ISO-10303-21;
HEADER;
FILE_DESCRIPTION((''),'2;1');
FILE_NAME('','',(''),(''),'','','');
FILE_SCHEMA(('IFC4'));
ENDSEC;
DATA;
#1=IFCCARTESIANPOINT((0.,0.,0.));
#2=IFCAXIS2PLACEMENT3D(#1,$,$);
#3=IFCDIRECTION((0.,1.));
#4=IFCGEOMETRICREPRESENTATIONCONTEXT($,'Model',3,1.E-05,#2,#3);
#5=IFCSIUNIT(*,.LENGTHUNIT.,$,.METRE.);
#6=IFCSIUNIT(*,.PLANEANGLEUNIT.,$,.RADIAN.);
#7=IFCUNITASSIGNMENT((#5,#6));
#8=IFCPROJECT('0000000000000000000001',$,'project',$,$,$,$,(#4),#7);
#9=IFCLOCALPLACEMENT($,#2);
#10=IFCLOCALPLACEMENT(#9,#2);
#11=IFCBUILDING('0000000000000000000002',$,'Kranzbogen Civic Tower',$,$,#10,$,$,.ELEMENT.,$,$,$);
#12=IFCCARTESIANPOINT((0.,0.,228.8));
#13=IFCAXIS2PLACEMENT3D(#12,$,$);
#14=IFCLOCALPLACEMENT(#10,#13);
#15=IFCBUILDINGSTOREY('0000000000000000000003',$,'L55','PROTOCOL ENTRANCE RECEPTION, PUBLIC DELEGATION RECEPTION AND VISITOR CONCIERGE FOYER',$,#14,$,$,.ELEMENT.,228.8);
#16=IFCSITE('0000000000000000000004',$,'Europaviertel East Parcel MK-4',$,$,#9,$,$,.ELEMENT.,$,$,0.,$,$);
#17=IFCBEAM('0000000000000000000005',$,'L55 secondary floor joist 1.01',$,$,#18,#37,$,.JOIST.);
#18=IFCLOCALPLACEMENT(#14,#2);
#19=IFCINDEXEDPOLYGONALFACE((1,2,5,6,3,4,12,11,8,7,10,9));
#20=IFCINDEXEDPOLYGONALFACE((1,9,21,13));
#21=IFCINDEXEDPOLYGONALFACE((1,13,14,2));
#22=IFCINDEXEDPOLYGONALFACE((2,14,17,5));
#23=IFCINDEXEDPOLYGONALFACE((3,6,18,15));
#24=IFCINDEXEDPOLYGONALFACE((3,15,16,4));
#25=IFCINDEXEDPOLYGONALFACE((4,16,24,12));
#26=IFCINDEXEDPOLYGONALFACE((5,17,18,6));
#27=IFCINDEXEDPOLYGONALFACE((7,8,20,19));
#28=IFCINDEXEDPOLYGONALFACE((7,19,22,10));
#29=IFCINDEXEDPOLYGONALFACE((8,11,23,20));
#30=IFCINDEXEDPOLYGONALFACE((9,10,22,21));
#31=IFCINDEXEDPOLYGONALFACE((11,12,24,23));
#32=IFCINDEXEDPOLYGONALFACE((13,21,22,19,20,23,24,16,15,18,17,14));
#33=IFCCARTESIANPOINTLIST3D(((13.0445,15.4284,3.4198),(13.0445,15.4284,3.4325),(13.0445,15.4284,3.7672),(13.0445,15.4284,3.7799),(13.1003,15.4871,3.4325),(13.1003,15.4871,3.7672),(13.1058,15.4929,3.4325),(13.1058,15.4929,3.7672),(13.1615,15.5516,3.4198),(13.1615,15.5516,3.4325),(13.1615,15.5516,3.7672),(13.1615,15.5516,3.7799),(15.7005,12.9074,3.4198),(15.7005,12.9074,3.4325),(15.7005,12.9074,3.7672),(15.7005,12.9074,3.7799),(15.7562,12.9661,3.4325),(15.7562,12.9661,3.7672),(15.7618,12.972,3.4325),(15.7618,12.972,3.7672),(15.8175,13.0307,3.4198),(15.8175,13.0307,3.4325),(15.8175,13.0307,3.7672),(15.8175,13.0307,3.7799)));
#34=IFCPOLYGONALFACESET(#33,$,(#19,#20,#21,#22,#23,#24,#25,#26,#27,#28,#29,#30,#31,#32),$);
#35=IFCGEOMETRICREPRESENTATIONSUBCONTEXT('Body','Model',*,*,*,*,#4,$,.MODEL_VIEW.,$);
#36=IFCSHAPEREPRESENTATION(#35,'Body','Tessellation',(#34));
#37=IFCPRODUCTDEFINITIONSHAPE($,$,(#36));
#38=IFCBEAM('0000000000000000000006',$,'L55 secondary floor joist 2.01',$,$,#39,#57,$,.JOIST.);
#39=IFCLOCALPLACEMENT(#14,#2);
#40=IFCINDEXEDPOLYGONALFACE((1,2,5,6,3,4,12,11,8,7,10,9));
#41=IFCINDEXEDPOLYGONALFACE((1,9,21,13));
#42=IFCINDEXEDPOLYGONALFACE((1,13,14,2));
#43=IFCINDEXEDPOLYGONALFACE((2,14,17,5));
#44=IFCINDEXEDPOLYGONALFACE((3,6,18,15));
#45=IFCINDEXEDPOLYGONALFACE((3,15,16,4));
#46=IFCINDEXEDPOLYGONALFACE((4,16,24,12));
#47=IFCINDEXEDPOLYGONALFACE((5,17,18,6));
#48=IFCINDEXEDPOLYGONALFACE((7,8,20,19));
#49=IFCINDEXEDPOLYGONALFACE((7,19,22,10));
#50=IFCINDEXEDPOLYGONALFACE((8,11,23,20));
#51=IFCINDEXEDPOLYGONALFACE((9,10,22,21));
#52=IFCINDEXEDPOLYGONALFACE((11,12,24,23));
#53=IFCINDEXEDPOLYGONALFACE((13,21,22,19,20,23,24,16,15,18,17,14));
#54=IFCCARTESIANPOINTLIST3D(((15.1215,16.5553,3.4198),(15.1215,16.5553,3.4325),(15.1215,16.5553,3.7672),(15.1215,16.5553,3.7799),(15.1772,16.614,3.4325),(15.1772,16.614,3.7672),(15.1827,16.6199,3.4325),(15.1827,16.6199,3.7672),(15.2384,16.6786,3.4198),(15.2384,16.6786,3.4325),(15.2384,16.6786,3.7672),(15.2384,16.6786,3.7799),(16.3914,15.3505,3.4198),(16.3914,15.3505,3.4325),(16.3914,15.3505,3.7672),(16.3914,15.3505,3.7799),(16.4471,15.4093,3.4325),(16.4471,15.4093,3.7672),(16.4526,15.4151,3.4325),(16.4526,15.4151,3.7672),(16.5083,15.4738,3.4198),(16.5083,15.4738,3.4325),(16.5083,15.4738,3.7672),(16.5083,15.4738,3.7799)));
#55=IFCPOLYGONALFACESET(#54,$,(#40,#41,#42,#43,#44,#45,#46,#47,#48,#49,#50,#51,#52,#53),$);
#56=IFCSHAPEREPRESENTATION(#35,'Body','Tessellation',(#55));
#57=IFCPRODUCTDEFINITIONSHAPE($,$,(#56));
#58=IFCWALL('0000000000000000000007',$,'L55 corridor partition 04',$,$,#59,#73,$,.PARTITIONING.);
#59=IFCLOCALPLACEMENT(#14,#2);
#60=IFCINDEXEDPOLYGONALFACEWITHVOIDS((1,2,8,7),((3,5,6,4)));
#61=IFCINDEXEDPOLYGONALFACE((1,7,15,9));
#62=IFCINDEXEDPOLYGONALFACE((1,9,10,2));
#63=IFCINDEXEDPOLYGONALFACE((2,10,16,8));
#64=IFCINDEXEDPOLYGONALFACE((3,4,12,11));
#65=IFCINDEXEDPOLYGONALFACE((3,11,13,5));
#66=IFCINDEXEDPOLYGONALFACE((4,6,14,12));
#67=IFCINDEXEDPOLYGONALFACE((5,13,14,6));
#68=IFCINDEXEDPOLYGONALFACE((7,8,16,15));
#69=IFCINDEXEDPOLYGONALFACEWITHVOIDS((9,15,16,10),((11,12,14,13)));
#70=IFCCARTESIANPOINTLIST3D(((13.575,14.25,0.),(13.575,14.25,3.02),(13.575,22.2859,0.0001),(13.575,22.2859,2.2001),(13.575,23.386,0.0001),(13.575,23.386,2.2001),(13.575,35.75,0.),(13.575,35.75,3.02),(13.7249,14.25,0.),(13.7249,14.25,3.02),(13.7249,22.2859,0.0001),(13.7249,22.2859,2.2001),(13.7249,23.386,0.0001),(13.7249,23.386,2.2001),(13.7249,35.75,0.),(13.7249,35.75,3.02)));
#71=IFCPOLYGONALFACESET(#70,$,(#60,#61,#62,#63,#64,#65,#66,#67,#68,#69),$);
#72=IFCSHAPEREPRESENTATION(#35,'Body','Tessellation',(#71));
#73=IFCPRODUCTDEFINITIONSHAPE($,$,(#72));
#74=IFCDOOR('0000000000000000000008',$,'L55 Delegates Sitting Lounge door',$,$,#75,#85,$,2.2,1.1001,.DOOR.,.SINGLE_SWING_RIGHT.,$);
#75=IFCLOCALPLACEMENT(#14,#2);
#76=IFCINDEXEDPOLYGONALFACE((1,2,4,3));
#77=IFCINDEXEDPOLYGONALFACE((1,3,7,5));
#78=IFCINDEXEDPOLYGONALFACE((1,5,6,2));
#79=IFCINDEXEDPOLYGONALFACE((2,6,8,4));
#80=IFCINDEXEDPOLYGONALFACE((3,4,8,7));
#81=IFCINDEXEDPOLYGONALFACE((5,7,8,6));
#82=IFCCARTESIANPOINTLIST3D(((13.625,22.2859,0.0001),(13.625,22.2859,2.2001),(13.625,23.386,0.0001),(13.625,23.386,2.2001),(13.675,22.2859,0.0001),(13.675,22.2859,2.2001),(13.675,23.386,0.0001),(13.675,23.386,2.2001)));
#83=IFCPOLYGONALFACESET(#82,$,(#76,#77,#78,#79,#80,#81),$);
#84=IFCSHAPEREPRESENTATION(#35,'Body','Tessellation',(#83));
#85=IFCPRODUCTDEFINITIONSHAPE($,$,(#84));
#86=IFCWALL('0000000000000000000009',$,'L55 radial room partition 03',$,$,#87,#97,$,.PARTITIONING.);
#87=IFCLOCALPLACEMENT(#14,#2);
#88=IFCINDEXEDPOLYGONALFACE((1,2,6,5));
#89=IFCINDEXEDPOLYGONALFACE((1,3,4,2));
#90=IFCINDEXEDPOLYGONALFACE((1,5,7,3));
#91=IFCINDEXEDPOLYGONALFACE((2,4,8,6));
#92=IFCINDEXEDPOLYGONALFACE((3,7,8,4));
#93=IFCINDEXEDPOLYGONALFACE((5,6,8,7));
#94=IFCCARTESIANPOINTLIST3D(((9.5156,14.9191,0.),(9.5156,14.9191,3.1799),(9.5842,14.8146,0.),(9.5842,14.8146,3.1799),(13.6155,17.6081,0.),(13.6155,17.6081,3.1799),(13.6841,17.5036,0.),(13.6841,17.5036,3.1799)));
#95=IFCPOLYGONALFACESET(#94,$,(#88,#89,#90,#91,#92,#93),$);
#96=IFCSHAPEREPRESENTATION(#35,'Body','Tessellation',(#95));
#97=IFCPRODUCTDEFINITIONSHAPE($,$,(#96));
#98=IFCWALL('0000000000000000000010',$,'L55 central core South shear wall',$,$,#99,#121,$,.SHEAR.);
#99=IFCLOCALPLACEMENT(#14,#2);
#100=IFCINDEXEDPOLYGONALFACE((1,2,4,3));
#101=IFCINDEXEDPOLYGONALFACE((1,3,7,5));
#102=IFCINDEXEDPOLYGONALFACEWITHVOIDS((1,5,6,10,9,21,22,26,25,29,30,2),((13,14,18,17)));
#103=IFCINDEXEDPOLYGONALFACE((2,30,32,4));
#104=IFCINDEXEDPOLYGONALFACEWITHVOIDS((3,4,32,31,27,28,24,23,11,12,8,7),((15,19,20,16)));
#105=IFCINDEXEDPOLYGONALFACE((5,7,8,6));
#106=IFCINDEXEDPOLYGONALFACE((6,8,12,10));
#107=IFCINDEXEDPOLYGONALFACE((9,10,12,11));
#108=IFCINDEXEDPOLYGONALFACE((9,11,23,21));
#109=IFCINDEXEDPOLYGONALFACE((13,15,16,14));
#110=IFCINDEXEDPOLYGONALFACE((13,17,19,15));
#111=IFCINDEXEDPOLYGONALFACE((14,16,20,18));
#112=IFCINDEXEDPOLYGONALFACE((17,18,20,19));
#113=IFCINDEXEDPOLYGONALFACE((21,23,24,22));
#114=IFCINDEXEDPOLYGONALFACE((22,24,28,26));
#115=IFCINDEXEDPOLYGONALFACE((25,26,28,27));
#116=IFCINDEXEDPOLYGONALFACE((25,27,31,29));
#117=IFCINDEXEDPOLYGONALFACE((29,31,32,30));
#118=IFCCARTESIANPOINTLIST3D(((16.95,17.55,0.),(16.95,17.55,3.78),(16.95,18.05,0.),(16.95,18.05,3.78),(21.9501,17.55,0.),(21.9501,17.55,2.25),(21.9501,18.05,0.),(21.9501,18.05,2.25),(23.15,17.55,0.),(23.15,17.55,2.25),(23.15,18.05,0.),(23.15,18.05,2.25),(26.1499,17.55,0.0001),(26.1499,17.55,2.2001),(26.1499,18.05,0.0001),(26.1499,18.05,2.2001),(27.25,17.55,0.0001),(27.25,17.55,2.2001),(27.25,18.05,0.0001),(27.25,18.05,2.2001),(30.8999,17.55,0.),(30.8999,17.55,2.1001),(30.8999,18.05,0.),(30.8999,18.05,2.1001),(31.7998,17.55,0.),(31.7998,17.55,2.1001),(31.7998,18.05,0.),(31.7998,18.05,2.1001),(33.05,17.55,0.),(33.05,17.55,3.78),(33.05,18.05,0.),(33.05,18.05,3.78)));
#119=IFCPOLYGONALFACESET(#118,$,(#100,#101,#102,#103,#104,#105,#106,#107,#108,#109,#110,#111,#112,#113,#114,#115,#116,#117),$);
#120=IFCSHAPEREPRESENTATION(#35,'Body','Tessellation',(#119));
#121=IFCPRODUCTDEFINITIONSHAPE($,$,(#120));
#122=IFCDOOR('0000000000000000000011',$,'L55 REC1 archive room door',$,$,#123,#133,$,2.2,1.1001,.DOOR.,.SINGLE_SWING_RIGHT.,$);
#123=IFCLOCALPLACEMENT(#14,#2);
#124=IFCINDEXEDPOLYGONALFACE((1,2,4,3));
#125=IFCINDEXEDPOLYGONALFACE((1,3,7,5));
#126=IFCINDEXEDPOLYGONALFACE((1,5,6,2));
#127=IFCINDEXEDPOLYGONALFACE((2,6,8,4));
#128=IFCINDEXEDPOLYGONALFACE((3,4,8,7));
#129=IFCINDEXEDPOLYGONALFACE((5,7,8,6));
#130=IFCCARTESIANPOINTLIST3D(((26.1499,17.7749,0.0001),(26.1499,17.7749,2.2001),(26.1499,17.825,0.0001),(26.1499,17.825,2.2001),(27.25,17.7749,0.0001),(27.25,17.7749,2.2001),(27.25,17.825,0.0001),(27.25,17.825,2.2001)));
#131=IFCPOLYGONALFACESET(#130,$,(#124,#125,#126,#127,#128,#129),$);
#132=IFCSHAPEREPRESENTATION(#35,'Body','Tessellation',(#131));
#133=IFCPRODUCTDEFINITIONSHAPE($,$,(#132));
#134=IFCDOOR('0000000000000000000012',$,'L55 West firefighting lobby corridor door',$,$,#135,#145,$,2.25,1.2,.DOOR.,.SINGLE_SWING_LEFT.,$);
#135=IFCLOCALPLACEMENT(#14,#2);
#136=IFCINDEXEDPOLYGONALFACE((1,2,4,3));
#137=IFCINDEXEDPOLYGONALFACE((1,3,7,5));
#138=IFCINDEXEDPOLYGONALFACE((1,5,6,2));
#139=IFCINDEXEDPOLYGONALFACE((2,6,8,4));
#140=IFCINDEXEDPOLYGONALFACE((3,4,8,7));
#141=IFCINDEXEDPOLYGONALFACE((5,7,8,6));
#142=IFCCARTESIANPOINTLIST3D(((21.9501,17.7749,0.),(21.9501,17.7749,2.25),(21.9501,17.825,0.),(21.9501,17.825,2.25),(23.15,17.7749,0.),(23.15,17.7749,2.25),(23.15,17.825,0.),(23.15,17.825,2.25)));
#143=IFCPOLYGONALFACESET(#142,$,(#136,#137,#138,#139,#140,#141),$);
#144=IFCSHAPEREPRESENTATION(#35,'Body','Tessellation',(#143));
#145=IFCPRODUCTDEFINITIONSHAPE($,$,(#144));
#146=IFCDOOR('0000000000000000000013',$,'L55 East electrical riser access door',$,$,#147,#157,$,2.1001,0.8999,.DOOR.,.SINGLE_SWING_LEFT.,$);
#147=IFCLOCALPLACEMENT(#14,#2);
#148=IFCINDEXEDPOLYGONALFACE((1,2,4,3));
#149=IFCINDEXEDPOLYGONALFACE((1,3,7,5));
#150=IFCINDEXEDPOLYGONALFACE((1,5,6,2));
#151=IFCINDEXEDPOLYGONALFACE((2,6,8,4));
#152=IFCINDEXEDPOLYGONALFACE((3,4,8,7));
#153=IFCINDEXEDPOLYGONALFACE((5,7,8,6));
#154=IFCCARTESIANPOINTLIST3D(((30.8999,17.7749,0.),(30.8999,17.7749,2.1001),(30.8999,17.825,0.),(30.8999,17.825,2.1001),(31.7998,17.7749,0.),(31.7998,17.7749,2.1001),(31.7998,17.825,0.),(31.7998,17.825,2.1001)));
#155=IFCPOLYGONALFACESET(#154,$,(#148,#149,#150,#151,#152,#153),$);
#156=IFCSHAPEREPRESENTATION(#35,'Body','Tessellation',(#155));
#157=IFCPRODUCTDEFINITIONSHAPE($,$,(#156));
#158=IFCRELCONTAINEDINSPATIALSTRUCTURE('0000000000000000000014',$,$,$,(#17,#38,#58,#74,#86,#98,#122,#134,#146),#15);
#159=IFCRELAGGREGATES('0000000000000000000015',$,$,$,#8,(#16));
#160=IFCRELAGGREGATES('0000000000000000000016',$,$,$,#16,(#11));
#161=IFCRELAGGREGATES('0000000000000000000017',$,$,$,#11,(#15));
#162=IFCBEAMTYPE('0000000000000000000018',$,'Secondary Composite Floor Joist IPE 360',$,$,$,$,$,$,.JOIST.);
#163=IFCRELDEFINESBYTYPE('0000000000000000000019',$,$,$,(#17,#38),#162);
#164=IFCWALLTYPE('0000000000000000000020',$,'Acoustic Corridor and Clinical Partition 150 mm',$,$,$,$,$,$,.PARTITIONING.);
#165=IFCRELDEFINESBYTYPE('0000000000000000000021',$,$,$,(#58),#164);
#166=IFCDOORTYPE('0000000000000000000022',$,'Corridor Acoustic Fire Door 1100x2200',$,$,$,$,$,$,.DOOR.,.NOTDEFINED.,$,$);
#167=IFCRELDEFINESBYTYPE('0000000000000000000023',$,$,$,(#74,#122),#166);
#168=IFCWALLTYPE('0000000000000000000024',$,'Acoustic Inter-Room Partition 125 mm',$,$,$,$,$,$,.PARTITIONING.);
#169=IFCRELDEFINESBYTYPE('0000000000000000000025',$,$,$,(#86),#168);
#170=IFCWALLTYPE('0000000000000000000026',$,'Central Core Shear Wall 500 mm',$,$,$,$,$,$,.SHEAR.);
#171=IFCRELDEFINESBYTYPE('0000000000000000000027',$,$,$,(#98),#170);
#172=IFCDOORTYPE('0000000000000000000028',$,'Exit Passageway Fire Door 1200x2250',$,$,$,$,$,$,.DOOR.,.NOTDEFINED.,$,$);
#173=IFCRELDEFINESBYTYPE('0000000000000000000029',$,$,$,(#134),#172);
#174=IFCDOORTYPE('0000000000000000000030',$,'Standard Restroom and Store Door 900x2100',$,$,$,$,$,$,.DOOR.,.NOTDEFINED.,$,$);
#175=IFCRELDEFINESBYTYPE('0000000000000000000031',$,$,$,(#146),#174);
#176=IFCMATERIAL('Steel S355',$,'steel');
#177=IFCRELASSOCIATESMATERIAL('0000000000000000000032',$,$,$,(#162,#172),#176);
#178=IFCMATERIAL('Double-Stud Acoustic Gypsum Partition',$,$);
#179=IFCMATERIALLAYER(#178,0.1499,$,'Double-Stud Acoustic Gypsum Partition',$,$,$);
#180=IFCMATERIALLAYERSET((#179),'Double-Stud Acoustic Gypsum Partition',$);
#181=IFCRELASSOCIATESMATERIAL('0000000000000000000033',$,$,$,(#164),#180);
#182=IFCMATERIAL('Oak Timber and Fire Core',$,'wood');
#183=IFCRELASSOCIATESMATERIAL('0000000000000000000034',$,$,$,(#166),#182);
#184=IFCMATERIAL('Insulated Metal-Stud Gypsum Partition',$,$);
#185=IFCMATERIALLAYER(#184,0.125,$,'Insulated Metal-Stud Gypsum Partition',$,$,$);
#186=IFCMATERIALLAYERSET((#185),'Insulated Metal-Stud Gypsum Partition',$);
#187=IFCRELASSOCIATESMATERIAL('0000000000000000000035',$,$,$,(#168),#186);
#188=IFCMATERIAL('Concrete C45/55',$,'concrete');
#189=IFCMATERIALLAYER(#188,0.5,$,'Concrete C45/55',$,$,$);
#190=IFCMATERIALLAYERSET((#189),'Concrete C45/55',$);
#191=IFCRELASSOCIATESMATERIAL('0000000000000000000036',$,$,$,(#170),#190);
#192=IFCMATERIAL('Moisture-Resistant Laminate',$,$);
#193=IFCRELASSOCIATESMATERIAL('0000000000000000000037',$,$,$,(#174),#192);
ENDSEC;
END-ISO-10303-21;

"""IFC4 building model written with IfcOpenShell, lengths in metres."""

from ifc_helpers import new_model, si_unit, direction, frame, frame_2d, origin, origin_2d, place, context, subcontext, project, spatial, rectangle, i_section, extrude, material, layer, layer_set, material_profile, profile_set, type_object, element, fill, save


model = new_model("IFC4")

# Units and contexts
model_context = context("Model", 3, precision=1e-05, world=origin(), true_north=direction((0.0, 1.0)))
body_context = subcontext(model_context, "Body", "Model", "MODEL_VIEW")
ifc_project = project(units=[si_unit("LENGTHUNIT", "METRE"), si_unit("PLANEANGLEUNIT", "RADIAN")], contexts=[model_context])

# Site, building, storey
site_placement = place(None, origin())
site = spatial("IfcSite", under=ifc_project, at=site_placement, Name="Europaviertel East Parcel MK-4", CompositionType="ELEMENT", RefElevation=0.0)
building_placement = place(site_placement, origin())
building = spatial("IfcBuilding", under=site, at=building_placement, Name="Kranzbogen Civic Tower", CompositionType="ELEMENT")
storey_placement = place(building_placement, frame((0.0, 0.0, 228.8)))
storey = spatial("IfcBuildingStorey", under=building, at=storey_placement, Name="L55", Description="PROTOCOL ENTRANCE RECEPTION, PUBLIC DELEGATION RECEPTION AND VISITOR CONCIERGE FOYER", CompositionType="ELEMENT", Elevation=228.8)

# Shared definitions
ifc_material_1 = material(Name="Steel S355", Category="steel")

# Beams
ifc_material_profile_1 = material_profile(ifc_material_1, i_section(OverallWidth=0.1699, OverallDepth=0.3601, WebThickness=0.0081, FlangeThickness=0.0127, at=origin_2d()), Name="IPE 360")
ifc_profile_set_1 = profile_set([ifc_material_profile_1], Name="Steel S355")
beam_type_1 = type_object("IfcBeamType", Name="Secondary Composite Floor Joist IPE 360", PredefinedType="JOIST", material=ifc_profile_set_1)
beam_1_placement = place(storey_placement, frame((13.103, 15.49, 3.5999), z_axis=(0.725301, -0.688432, 0.0), x_axis=(0.688432, 0.725301, 0.0)))
element("IfcBeam", 1, at=beam_1_placement, inside=storey, type_object=beam_type_1, Name="L55 secondary floor joist 1.01", PredefinedType="JOIST", context=body_context, shape_type="SweptSolid", body=[
    extrude(i_section(OverallWidth=0.1699, OverallDepth=0.3601, WebThickness=0.0081, FlangeThickness=0.0127, at=origin_2d()), origin(), (0.0, 0.0, 1.0), 3.6619),
])
beam_2_placement = place(storey_placement, frame((15.1799, 16.6169, 3.5999), z_axis=(0.72548, -0.688243, 0.0), x_axis=(0.688243, 0.72548, 0.0)))
element("IfcBeam", 2, at=beam_2_placement, inside=storey, type_object=beam_type_1, Name="L55 secondary floor joist 2.01", PredefinedType="JOIST", context=body_context, shape_type="SweptSolid", body=[
    extrude(i_section(OverallWidth=0.1699, OverallDepth=0.3601, WebThickness=0.0081, FlangeThickness=0.0127, at=origin_2d()), origin(), (0.0, 0.0, 1.0), 1.7505),
])

# Wall, opening, door
ifc_material_2 = material(Name="Double-Stud Acoustic Gypsum Partition")
ifc_layer_1 = layer(ifc_material_2, 0.1499, Name="Double-Stud Acoustic Gypsum Partition")
ifc_layer_set_1 = layer_set([ifc_layer_1], Name="Double-Stud Acoustic Gypsum Partition")
wall_type_1 = type_object("IfcWallType", Name="Acoustic Corridor and Clinical Partition 150 mm", PredefinedType="PARTITIONING", material=ifc_layer_set_1)
wall_1_placement = place(storey_placement, frame((13.6499, 14.25, 0.0), z_axis=(0.0, 0.0, 1.0), x_axis=(0.0, 1.0, 0.0)))
wall_1 = element("IfcWall", 3, at=wall_1_placement, inside=storey, type_object=wall_type_1, Name="L55 corridor partition 04", PredefinedType="PARTITIONING", context=body_context, shape_type="SweptSolid", body=[
    extrude(rectangle(XDim=21.5, YDim=0.1499, at=frame_2d((10.75, 0.0))), origin(), (0.0, 0.0, 1.0), 3.02),
])
opening_1_placement = place(wall_1_placement, frame((8.0359, 0.0, 0.0)))
opening_1 = element("IfcOpeningElement", 4, at=opening_1_placement, cuts=wall_1, PredefinedType="OPENING", context=body_context, shape_type="SweptSolid", body=[
    extrude(rectangle(XDim=1.1001, YDim=2.2, at=frame_2d((0.55, 1.1001))), frame((0.0, 0.085, 0.0), z_axis=(0.0, -1.0, 0.0), x_axis=(1.0, 0.0, 0.0)), (0.0, 0.0, 1.0), 0.1699),
])
ifc_material_3 = material(Name="Oak Timber and Fire Core", Category="wood")
door_type_1 = type_object("IfcDoorType", Name="Corridor Acoustic Fire Door 1100x2200", OperationType="NOTDEFINED", PredefinedType="DOOR", material=ifc_material_3)
door_1_placement = place(opening_1_placement, origin())
door_1 = element("IfcDoor", 5, at=door_1_placement, inside=storey, type_object=door_type_1, Name="L55 Delegates Sitting Lounge door", OperationType="SINGLE_SWING_RIGHT", OverallHeight=2.2, OverallWidth=1.1001, PredefinedType="DOOR", context=body_context, shape_type="SweptSolid", body=[
    extrude(rectangle(XDim=1.1001, YDim=2.2, at=frame_2d((0.55, 1.1001))), frame((0.0, 0.0249, 0.0), z_axis=(0.0, -1.0, 0.0), x_axis=(1.0, 0.0, 0.0)), (0.0, 0.0, 1.0), 0.05),
])
fill(opening_1, door_1)

# Wall
ifc_material_4 = material(Name="Insulated Metal-Stud Gypsum Partition")
ifc_layer_2 = layer(ifc_material_4, 0.125, Name="Insulated Metal-Stud Gypsum Partition")
ifc_layer_set_2 = layer_set([ifc_layer_2], Name="Insulated Metal-Stud Gypsum Partition")
wall_type_2 = type_object("IfcWallType", Name="Acoustic Inter-Room Partition 125 mm", PredefinedType="PARTITIONING", material=ifc_layer_set_2)
wall_2_placement = place(storey_placement, frame((13.6499, 17.5559, 0.0), z_axis=(0.0, 0.0, 1.0), x_axis=(-0.836194, -0.548433, 0.0)))
element("IfcWall", 6, at=wall_2_placement, inside=storey, type_object=wall_type_2, Name="L55 radial room partition 03", PredefinedType="PARTITIONING", context=body_context, shape_type="SweptSolid", body=[
    extrude(rectangle(XDim=4.9031, YDim=0.125, at=frame_2d((2.4517, 0.0))), origin(), (0.0, 0.0, 1.0), 3.1799),
])

# Wall, openings, doors
ifc_material_5 = material(Name="Concrete C45/55", Category="concrete")
ifc_layer_3 = layer(ifc_material_5, 0.5, Name="Concrete C45/55")
ifc_layer_set_3 = layer_set([ifc_layer_3], Name="Concrete C45/55")
wall_type_3 = type_object("IfcWallType", Name="Central Core Shear Wall 500 mm", PredefinedType="SHEAR", material=ifc_layer_set_3)
wall_3_placement = place(storey_placement, frame((16.95, 17.8, 0.0), z_axis=(0.0, 0.0, 1.0), x_axis=(1.0, 0.0, 0.0)))
wall_3 = element("IfcWall", 7, at=wall_3_placement, inside=storey, type_object=wall_type_3, Name="L55 central core South shear wall", PredefinedType="SHEAR", context=body_context, shape_type="SweptSolid", body=[
    extrude(rectangle(XDim=16.1001, YDim=0.5, at=frame_2d((8.05, 0.0))), origin(), (0.0, 0.0, 1.0), 3.78),
])
opening_2_placement = place(wall_3_placement, frame((5.0, 0.0, 0.0)))
opening_2 = element("IfcOpeningElement", 8, at=opening_2_placement, cuts=wall_3, PredefinedType="OPENING", context=body_context, shape_type="SweptSolid", body=[
    extrude(rectangle(XDim=1.2, YDim=2.25, at=frame_2d((0.6001, 1.125))), frame((0.0, 0.26, 0.0), z_axis=(0.0, -1.0, 0.0), x_axis=(1.0, 0.0, 0.0)), (0.0, 0.0, 1.0), 0.52),
])
opening_3_placement = place(wall_3_placement, frame((13.95, 0.0, 0.0)))
opening_3 = element("IfcOpeningElement", 9, at=opening_3_placement, cuts=wall_3, PredefinedType="OPENING", context=body_context, shape_type="SweptSolid", body=[
    extrude(rectangle(XDim=0.8999, YDim=2.1001, at=frame_2d((0.45, 1.05))), frame((0.0, 0.26, 0.0), z_axis=(0.0, -1.0, 0.0), x_axis=(1.0, 0.0, 0.0)), (0.0, 0.0, 1.0), 0.52),
])
opening_4_placement = place(wall_3_placement, frame((9.2, 0.0, 0.0)))
opening_4 = element("IfcOpeningElement", 10, at=opening_4_placement, cuts=wall_3, PredefinedType="OPENING", context=body_context, shape_type="SweptSolid", body=[
    extrude(rectangle(XDim=1.1001, YDim=2.2, at=frame_2d((0.55, 1.1001))), frame((0.0, 0.26, 0.0), z_axis=(0.0, -1.0, 0.0), x_axis=(1.0, 0.0, 0.0)), (0.0, 0.0, 1.0), 0.52),
])
door_2_placement = place(opening_4_placement, origin())
door_2 = element("IfcDoor", 11, at=door_2_placement, inside=storey, type_object=door_type_1, Name="L55 REC1 archive room door", OperationType="SINGLE_SWING_RIGHT", OverallHeight=2.2, OverallWidth=1.1001, PredefinedType="DOOR", context=body_context, shape_type="SweptSolid", body=[
    extrude(rectangle(XDim=1.1001, YDim=2.2, at=frame_2d((0.55, 1.1001))), frame((0.0, 0.0249, 0.0), z_axis=(0.0, -1.0, 0.0), x_axis=(1.0, 0.0, 0.0)), (0.0, 0.0, 1.0), 0.05),
])
fill(opening_4, door_2)
door_type_2 = type_object("IfcDoorType", Name="Exit Passageway Fire Door 1200x2250", OperationType="NOTDEFINED", PredefinedType="DOOR", material=ifc_material_1)
door_3_placement = place(opening_2_placement, origin())
door_3 = element("IfcDoor", 12, at=door_3_placement, inside=storey, type_object=door_type_2, Name="L55 West firefighting lobby corridor door", OperationType="SINGLE_SWING_LEFT", OverallHeight=2.25, OverallWidth=1.2, PredefinedType="DOOR", context=body_context, shape_type="SweptSolid", body=[
    extrude(rectangle(XDim=1.2, YDim=2.25, at=frame_2d((0.6001, 1.125))), frame((0.0, 0.0249, 0.0), z_axis=(0.0, -1.0, 0.0), x_axis=(1.0, 0.0, 0.0)), (0.0, 0.0, 1.0), 0.05),
])
fill(opening_2, door_3)
ifc_material_6 = material(Name="Moisture-Resistant Laminate")
door_type_3 = type_object("IfcDoorType", Name="Standard Restroom and Store Door 900x2100", OperationType="NOTDEFINED", PredefinedType="DOOR", material=ifc_material_6)
door_4_placement = place(opening_3_placement, origin())
door_4 = element("IfcDoor", 13, at=door_4_placement, inside=storey, type_object=door_type_3, Name="L55 East electrical riser access door", OperationType="SINGLE_SWING_LEFT", OverallHeight=2.1001, OverallWidth=0.8999, PredefinedType="DOOR", context=body_context, shape_type="SweptSolid", body=[
    extrude(rectangle(XDim=0.8999, YDim=2.1001, at=frame_2d((0.45, 1.05))), frame((0.0, 0.0249, 0.0), z_axis=(0.0, -1.0, 0.0), x_axis=(1.0, 0.0, 0.0)), (0.0, 0.0, 1.0), 0.05),
])
fill(opening_3, door_4)

save(model, "model.ifc")
